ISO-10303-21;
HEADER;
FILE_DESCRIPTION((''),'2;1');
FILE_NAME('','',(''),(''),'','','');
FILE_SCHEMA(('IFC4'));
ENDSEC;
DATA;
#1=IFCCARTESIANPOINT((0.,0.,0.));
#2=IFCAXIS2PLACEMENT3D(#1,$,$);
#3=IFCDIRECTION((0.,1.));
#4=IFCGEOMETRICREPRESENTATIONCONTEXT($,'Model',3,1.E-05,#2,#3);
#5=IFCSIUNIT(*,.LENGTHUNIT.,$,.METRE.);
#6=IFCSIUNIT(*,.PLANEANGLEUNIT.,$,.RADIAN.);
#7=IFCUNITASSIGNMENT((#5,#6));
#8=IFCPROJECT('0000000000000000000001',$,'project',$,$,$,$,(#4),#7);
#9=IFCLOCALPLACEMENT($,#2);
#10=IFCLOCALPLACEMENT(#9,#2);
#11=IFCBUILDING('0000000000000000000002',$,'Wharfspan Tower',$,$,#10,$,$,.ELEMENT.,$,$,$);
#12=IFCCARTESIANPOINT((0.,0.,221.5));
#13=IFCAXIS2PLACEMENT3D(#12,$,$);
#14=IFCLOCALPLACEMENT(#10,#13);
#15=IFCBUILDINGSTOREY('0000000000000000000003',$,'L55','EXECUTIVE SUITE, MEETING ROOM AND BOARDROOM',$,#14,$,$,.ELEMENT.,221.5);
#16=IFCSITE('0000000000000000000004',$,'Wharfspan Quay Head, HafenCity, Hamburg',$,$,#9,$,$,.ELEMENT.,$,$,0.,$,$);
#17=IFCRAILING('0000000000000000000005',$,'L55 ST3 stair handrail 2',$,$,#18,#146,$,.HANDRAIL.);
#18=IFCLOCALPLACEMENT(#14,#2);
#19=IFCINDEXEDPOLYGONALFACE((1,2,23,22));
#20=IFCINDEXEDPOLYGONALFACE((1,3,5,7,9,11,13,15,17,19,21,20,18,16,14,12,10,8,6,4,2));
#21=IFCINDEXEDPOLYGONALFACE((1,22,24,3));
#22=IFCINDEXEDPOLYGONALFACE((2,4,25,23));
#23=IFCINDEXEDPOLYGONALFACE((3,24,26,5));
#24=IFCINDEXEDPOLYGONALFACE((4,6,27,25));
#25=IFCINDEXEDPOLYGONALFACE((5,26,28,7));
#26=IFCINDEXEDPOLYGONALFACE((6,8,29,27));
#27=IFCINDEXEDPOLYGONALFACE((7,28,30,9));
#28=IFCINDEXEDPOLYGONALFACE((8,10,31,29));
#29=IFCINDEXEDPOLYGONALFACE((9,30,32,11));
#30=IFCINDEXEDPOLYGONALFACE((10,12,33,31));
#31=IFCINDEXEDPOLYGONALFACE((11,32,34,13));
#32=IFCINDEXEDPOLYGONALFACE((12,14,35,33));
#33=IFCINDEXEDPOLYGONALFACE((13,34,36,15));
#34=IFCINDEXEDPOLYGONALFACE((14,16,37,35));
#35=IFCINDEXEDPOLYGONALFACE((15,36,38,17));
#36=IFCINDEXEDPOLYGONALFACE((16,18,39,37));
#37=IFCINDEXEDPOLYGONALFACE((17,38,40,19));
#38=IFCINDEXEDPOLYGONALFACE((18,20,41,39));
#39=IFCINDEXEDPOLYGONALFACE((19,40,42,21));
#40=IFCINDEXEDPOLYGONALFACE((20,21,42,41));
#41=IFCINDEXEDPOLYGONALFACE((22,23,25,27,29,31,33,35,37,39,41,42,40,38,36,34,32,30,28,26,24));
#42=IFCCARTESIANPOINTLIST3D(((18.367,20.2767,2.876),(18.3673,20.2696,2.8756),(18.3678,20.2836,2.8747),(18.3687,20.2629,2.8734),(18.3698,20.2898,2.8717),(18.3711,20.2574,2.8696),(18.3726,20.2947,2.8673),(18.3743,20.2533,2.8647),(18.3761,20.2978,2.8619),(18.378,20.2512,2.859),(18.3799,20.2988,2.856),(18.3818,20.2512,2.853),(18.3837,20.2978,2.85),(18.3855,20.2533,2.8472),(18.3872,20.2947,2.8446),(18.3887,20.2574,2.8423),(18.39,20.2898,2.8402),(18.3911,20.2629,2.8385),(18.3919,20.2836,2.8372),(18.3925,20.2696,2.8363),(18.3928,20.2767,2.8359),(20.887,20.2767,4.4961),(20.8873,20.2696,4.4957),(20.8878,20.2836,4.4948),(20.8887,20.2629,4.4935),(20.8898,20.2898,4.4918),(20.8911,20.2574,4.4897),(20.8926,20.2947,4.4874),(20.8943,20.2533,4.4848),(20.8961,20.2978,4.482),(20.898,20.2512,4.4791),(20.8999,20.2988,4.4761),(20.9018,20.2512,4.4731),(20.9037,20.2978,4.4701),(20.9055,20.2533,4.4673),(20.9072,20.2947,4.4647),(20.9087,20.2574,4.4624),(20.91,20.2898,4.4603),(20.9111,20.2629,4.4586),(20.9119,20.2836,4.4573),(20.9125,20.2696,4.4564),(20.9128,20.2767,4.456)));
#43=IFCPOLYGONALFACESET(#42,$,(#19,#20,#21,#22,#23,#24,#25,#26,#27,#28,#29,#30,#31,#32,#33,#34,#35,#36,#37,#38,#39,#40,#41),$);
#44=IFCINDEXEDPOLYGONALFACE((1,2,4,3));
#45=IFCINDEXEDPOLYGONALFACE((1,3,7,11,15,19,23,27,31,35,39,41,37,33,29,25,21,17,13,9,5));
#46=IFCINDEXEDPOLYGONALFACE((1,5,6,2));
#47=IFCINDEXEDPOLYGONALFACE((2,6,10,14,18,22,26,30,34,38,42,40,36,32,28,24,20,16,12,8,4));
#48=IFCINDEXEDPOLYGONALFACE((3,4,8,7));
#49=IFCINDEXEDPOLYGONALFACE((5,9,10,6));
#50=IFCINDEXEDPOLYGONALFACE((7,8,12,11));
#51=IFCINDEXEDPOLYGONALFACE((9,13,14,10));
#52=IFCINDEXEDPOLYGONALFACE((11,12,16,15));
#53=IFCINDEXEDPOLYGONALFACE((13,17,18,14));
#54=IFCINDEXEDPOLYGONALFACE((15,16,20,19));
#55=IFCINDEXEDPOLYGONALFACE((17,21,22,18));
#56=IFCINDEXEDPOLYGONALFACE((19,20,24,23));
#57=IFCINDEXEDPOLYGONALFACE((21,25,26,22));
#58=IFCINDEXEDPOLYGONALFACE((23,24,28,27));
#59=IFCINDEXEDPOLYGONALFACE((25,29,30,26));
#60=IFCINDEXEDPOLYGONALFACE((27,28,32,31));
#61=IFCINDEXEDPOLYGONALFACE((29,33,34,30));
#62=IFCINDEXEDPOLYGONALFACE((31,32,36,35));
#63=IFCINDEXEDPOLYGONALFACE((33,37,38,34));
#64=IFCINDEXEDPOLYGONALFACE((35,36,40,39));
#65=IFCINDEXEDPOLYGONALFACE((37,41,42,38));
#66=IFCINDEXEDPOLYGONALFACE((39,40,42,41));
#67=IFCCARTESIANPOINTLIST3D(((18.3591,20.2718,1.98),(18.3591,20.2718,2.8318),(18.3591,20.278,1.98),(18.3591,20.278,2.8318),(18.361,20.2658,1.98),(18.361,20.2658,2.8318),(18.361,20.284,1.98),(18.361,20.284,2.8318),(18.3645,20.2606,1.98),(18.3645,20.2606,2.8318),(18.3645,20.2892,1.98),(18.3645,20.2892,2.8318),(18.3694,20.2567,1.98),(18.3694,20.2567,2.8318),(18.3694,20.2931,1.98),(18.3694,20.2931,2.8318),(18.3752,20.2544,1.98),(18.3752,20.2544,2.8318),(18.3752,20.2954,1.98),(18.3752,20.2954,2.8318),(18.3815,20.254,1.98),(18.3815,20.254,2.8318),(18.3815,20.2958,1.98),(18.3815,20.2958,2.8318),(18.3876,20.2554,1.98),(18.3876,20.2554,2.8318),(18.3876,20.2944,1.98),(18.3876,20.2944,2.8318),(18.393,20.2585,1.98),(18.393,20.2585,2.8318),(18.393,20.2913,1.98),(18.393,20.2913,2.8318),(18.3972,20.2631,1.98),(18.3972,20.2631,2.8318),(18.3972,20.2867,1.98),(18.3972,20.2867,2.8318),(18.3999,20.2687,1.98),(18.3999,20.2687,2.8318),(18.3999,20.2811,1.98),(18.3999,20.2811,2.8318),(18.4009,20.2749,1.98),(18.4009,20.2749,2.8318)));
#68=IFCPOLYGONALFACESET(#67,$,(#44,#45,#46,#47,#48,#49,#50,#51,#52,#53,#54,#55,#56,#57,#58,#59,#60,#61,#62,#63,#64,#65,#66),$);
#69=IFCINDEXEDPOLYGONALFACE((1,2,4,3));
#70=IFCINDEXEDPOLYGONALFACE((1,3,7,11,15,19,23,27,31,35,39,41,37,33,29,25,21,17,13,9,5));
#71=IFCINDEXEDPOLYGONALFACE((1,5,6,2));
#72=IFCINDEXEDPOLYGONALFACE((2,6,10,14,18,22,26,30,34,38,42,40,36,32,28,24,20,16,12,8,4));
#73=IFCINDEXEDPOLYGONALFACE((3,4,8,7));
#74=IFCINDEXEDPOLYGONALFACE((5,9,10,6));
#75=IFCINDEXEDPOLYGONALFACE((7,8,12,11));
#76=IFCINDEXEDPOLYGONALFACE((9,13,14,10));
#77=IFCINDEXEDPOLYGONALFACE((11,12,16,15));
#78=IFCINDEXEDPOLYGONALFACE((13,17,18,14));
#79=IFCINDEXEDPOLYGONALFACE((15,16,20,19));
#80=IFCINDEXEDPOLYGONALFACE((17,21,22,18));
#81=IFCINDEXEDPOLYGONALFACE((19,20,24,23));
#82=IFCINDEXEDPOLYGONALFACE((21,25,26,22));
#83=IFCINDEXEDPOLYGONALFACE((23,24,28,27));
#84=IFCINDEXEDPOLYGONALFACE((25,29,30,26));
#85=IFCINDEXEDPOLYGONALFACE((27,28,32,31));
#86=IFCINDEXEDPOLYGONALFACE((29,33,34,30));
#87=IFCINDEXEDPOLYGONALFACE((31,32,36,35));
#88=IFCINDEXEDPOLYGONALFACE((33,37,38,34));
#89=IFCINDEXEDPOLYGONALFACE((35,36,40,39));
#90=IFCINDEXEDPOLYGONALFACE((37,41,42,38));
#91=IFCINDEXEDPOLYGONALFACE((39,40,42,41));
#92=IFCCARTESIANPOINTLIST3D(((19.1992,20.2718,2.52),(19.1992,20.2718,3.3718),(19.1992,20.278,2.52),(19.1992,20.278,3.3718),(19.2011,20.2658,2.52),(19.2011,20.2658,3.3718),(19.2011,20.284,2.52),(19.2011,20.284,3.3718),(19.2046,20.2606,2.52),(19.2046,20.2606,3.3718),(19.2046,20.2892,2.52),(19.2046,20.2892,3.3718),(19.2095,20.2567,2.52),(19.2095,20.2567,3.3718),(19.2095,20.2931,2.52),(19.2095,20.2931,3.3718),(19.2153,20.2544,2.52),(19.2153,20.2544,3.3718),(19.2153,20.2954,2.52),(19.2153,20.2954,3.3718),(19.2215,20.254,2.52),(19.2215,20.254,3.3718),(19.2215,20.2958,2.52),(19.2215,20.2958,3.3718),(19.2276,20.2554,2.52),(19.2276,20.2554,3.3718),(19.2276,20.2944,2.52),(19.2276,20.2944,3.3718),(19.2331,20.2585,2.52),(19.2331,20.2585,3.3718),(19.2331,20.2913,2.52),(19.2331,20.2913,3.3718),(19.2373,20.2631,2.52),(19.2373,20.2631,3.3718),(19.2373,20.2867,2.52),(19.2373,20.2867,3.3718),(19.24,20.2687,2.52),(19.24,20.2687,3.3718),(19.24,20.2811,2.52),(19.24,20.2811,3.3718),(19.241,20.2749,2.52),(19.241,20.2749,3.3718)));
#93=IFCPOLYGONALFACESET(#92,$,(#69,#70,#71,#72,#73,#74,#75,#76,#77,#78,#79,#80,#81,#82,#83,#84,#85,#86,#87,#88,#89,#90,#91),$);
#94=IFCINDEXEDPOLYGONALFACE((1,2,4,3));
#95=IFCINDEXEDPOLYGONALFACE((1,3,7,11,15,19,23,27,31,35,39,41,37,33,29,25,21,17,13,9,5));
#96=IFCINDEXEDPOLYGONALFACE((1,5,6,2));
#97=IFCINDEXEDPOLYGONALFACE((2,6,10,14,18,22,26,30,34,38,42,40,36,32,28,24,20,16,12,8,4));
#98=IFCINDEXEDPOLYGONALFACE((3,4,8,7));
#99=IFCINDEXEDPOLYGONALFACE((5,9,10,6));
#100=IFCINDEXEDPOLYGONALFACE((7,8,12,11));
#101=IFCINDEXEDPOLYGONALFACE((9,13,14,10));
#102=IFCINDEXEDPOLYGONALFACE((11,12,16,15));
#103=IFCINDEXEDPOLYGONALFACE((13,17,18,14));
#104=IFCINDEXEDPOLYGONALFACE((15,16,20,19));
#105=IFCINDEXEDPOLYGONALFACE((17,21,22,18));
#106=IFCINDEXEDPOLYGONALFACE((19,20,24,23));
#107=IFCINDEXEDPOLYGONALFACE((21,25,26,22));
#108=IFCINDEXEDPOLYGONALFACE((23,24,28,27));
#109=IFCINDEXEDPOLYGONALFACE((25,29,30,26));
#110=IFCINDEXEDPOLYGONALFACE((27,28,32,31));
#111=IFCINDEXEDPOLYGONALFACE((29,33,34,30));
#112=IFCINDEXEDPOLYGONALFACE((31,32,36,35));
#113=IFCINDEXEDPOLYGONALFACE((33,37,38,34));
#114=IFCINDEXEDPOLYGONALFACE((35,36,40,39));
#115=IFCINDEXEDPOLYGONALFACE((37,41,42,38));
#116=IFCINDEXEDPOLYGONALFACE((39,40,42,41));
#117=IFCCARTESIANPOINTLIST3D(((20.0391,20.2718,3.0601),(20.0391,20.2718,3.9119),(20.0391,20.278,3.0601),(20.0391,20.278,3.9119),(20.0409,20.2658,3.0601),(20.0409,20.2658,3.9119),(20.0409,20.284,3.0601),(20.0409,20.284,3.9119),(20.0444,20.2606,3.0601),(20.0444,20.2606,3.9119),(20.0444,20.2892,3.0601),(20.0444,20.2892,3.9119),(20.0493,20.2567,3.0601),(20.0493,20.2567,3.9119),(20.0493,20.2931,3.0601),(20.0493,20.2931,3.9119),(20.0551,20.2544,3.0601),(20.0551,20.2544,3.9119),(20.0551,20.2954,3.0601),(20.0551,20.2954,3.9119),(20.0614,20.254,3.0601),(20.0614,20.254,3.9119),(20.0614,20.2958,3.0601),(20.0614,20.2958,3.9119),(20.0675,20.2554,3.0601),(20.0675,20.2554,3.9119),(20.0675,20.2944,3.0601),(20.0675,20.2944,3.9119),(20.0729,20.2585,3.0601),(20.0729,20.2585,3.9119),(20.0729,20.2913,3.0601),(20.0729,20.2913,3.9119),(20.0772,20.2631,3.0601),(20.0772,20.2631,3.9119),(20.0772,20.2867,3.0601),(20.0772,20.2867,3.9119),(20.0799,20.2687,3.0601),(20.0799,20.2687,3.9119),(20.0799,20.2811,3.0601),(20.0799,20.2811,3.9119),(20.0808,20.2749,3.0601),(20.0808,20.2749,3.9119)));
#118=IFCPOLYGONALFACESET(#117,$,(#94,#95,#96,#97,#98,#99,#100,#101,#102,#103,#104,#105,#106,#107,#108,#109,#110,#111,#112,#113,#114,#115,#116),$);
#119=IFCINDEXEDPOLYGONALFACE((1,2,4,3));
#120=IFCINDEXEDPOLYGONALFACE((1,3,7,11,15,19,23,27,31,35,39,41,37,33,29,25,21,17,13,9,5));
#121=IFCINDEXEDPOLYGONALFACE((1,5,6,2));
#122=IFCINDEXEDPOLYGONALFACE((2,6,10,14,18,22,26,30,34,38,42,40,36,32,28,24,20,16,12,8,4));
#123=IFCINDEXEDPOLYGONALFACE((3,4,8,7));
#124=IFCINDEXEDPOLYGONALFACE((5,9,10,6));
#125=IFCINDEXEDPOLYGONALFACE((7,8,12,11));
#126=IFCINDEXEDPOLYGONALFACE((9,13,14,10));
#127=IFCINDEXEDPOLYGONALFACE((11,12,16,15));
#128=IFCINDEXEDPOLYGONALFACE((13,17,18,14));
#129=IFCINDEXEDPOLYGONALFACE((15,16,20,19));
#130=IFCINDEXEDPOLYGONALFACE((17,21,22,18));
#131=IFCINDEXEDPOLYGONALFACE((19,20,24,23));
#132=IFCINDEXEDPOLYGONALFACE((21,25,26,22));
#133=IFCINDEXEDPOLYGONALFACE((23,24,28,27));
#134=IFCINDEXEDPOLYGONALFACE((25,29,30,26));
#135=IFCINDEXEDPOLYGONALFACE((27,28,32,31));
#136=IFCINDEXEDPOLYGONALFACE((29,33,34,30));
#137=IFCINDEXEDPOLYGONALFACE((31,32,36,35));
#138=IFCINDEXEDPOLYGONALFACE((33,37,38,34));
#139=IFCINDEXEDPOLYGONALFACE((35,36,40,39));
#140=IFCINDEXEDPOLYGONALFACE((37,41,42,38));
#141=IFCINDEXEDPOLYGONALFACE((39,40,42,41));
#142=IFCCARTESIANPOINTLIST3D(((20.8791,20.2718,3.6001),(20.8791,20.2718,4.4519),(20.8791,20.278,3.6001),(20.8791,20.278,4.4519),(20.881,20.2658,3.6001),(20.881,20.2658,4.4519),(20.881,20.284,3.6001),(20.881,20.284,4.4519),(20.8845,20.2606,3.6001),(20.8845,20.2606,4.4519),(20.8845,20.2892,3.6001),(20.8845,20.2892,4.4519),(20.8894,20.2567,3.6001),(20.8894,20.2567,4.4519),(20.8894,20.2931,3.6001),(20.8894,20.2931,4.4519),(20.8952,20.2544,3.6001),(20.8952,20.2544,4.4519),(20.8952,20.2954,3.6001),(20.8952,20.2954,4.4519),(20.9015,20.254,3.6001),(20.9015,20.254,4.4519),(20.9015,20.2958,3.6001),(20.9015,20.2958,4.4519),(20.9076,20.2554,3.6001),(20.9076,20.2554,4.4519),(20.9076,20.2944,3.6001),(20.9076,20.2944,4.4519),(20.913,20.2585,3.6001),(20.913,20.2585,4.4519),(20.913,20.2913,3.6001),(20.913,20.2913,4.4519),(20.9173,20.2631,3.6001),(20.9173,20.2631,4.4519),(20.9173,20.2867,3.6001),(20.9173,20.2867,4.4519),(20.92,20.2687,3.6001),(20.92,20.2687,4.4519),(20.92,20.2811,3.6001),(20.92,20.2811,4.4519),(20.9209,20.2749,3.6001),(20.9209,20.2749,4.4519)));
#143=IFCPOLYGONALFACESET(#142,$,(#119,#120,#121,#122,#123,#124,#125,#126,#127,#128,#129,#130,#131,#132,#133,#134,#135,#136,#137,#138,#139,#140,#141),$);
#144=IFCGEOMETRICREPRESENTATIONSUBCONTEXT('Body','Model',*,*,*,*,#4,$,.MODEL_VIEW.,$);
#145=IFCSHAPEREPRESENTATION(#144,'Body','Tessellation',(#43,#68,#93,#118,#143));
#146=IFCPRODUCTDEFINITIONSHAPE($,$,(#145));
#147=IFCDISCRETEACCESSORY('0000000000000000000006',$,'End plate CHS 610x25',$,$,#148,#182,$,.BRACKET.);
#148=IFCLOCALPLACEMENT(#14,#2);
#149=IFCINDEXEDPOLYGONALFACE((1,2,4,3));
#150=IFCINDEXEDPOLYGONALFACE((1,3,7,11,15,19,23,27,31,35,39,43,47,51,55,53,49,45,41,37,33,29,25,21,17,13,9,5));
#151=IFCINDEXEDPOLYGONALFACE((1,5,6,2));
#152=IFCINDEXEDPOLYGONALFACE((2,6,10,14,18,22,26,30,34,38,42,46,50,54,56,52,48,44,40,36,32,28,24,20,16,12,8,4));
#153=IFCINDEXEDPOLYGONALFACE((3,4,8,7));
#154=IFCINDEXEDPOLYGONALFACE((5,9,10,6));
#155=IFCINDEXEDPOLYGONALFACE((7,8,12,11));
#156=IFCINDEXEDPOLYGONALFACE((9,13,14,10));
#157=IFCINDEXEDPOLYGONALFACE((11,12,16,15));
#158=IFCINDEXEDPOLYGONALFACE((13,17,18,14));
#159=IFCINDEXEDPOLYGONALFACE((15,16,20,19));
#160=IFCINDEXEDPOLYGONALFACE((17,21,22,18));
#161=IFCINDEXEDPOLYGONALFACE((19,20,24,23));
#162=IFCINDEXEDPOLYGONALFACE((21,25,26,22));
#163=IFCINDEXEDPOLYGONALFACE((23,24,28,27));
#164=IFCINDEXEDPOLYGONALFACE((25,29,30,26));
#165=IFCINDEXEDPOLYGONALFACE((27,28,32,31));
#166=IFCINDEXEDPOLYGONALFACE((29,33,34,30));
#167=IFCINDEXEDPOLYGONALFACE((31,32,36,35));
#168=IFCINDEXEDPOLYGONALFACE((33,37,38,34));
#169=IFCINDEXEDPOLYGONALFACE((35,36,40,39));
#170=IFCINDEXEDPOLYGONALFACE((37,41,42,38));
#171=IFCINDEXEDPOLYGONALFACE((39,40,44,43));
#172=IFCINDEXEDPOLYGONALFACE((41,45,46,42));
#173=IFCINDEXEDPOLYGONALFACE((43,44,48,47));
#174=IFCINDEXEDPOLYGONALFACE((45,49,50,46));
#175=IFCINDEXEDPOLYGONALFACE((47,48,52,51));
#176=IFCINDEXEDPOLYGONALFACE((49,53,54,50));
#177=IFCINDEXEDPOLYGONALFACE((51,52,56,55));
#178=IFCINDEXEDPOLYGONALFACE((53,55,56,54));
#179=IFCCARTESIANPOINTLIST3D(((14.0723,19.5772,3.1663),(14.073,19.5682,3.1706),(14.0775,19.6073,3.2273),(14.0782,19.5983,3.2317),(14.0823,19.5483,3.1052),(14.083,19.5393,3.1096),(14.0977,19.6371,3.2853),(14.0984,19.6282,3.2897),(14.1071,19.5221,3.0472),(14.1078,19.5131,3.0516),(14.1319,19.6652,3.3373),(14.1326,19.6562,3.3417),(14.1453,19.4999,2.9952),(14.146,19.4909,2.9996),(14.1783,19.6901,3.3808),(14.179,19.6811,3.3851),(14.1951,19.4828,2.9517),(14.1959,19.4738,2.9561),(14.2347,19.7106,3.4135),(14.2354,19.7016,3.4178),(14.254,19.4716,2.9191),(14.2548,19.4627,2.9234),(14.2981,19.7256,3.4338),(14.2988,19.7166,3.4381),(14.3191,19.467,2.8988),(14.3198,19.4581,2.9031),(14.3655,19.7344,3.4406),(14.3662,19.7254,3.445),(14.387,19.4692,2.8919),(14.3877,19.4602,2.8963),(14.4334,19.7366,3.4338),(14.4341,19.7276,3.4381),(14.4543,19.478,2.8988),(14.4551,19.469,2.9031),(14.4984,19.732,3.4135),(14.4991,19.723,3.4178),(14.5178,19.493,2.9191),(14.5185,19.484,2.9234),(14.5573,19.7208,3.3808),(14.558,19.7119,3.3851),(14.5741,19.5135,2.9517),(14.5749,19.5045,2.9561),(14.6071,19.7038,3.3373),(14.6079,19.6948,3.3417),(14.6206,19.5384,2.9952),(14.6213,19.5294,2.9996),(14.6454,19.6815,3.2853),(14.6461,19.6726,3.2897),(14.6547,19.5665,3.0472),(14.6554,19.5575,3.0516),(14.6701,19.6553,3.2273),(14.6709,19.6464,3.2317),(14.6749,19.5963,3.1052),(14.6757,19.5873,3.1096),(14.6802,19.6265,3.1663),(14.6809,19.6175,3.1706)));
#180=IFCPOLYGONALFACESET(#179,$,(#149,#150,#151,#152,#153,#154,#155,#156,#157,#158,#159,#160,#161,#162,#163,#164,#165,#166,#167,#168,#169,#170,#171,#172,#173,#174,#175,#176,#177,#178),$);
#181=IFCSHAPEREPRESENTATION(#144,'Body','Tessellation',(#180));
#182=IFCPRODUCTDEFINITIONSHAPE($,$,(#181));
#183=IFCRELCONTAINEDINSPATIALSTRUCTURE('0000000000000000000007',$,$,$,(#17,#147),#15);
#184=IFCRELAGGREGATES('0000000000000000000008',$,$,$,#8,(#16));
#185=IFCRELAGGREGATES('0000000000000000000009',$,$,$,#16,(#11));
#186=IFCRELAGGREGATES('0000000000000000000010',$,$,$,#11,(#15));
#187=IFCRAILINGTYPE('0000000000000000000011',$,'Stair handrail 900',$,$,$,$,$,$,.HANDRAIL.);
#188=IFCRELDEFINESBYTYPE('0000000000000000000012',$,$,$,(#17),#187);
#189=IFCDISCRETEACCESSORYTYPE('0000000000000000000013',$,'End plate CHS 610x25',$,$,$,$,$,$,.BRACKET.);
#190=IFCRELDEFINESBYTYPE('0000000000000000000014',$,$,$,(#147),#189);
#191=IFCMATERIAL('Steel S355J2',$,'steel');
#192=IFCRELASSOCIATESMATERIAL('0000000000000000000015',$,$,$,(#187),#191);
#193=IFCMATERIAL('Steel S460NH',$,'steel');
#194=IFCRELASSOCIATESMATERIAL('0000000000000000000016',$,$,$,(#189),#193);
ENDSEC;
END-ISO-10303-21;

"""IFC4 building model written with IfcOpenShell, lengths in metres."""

from ifc_helpers import new_model, si_unit, direction, frame, origin, origin_2d, place, context, subcontext, project, spatial, circle, extrude, material, material_profile, profile_set, type_object, element, save


model = new_model("IFC4")

# Units and contexts
model_context = context("Model", 3, precision=1e-05, world=origin(), true_north=direction((0.0, 1.0)))
body_context = subcontext(model_context, "Body", "Model", "MODEL_VIEW")
ifc_project = project(units=[si_unit("LENGTHUNIT", "METRE"), si_unit("PLANEANGLEUNIT", "RADIAN")], contexts=[model_context])

# Site, building, storey
site_placement = place(None, origin())
site = spatial("IfcSite", under=ifc_project, at=site_placement, Name="Wharfspan Quay Head, HafenCity, Hamburg", CompositionType="ELEMENT", RefElevation=0.0)
building_placement = place(site_placement, origin())
building = spatial("IfcBuilding", under=site, at=building_placement, Name="Wharfspan Tower", CompositionType="ELEMENT")
storey_placement = place(building_placement, frame((0.0, 0.0, 221.5)))
storey = spatial("IfcBuildingStorey", under=building, at=storey_placement, Name="L55", Description="EXECUTIVE SUITE, MEETING ROOM AND BOARDROOM", CompositionType="ELEMENT", Elevation=221.5)

# Shared definitions
ifc_material_1 = material(Name="Steel S355J2", Category="steel")

# Shared definitions
ifc_material_2 = material(Name="Steel S460NH", Category="steel")

# Railing
railing_type = type_object("IfcRailingType", Name="Stair handrail 900", PredefinedType="HANDRAIL", material=ifc_material_1)
railing_placement = place(storey_placement, frame((18.3799, 20.2749, 1.98)))
element("IfcRailing", 1, at=railing_placement, inside=storey, type_object=railing_type, Name="L55 ST3 stair handrail 2", PredefinedType="HANDRAIL", context=body_context, shape_type="SweptSolid", body=[
    extrude(circle(Radius=0.0239, at=origin_2d()), frame((0.0, 0.0, 0.876), z_axis=(0.841163, 0.0, 0.540782), x_axis=(0.0, 1.0, 0.0)), (0.0, 0.0, 1.0), 2.9958),
    extrude(circle(Radius=0.021, at=origin_2d()), origin(), (0.0, 0.0, 1.0), 0.8518),
    extrude(circle(Radius=0.021, at=origin_2d()), frame((0.8401, 0.0, 0.54)), (0.0, 0.0, 1.0), 0.8518),
    extrude(circle(Radius=0.021, at=origin_2d()), frame((1.6799, 0.0, 1.0801)), (0.0, 0.0, 1.0), 0.8518),
    extrude(circle(Radius=0.021, at=origin_2d()), frame((2.52, 0.0, 1.6201)), (0.0, 0.0, 1.0), 0.8518),
])

# Discrete accessory
ifc_material_profile_1 = material_profile(ifc_material_2, circle(Radius=0.3049, at=origin_2d()))
ifc_profile_set_1 = profile_set([ifc_material_profile_1], Name="Steel S460NH")
discrete_accessory_type = type_object("IfcDiscreteAccessoryType", Name="End plate CHS 610x25", PredefinedType="BRACKET", material=ifc_profile_set_1)
discrete_accessory_1_placement = place(storey_placement, frame((14.3762, 19.6018, 3.1663), z_axis=(0.072718, -0.896854, 0.436308), x_axis=(0.996729, 0.080815, -0.000002)))
element("IfcDiscreteAccessory", 2, at=discrete_accessory_1_placement, inside=storey, type_object=discrete_accessory_type, Name="End plate CHS 610x25", PredefinedType="BRACKET", context=body_context, shape_type="SweptSolid", body=[
    extrude(circle(Radius=0.3049, at=origin_2d()), origin(), (0.0, 0.0, 1.0), 0.01),
])

save(model, "model.ifc")
